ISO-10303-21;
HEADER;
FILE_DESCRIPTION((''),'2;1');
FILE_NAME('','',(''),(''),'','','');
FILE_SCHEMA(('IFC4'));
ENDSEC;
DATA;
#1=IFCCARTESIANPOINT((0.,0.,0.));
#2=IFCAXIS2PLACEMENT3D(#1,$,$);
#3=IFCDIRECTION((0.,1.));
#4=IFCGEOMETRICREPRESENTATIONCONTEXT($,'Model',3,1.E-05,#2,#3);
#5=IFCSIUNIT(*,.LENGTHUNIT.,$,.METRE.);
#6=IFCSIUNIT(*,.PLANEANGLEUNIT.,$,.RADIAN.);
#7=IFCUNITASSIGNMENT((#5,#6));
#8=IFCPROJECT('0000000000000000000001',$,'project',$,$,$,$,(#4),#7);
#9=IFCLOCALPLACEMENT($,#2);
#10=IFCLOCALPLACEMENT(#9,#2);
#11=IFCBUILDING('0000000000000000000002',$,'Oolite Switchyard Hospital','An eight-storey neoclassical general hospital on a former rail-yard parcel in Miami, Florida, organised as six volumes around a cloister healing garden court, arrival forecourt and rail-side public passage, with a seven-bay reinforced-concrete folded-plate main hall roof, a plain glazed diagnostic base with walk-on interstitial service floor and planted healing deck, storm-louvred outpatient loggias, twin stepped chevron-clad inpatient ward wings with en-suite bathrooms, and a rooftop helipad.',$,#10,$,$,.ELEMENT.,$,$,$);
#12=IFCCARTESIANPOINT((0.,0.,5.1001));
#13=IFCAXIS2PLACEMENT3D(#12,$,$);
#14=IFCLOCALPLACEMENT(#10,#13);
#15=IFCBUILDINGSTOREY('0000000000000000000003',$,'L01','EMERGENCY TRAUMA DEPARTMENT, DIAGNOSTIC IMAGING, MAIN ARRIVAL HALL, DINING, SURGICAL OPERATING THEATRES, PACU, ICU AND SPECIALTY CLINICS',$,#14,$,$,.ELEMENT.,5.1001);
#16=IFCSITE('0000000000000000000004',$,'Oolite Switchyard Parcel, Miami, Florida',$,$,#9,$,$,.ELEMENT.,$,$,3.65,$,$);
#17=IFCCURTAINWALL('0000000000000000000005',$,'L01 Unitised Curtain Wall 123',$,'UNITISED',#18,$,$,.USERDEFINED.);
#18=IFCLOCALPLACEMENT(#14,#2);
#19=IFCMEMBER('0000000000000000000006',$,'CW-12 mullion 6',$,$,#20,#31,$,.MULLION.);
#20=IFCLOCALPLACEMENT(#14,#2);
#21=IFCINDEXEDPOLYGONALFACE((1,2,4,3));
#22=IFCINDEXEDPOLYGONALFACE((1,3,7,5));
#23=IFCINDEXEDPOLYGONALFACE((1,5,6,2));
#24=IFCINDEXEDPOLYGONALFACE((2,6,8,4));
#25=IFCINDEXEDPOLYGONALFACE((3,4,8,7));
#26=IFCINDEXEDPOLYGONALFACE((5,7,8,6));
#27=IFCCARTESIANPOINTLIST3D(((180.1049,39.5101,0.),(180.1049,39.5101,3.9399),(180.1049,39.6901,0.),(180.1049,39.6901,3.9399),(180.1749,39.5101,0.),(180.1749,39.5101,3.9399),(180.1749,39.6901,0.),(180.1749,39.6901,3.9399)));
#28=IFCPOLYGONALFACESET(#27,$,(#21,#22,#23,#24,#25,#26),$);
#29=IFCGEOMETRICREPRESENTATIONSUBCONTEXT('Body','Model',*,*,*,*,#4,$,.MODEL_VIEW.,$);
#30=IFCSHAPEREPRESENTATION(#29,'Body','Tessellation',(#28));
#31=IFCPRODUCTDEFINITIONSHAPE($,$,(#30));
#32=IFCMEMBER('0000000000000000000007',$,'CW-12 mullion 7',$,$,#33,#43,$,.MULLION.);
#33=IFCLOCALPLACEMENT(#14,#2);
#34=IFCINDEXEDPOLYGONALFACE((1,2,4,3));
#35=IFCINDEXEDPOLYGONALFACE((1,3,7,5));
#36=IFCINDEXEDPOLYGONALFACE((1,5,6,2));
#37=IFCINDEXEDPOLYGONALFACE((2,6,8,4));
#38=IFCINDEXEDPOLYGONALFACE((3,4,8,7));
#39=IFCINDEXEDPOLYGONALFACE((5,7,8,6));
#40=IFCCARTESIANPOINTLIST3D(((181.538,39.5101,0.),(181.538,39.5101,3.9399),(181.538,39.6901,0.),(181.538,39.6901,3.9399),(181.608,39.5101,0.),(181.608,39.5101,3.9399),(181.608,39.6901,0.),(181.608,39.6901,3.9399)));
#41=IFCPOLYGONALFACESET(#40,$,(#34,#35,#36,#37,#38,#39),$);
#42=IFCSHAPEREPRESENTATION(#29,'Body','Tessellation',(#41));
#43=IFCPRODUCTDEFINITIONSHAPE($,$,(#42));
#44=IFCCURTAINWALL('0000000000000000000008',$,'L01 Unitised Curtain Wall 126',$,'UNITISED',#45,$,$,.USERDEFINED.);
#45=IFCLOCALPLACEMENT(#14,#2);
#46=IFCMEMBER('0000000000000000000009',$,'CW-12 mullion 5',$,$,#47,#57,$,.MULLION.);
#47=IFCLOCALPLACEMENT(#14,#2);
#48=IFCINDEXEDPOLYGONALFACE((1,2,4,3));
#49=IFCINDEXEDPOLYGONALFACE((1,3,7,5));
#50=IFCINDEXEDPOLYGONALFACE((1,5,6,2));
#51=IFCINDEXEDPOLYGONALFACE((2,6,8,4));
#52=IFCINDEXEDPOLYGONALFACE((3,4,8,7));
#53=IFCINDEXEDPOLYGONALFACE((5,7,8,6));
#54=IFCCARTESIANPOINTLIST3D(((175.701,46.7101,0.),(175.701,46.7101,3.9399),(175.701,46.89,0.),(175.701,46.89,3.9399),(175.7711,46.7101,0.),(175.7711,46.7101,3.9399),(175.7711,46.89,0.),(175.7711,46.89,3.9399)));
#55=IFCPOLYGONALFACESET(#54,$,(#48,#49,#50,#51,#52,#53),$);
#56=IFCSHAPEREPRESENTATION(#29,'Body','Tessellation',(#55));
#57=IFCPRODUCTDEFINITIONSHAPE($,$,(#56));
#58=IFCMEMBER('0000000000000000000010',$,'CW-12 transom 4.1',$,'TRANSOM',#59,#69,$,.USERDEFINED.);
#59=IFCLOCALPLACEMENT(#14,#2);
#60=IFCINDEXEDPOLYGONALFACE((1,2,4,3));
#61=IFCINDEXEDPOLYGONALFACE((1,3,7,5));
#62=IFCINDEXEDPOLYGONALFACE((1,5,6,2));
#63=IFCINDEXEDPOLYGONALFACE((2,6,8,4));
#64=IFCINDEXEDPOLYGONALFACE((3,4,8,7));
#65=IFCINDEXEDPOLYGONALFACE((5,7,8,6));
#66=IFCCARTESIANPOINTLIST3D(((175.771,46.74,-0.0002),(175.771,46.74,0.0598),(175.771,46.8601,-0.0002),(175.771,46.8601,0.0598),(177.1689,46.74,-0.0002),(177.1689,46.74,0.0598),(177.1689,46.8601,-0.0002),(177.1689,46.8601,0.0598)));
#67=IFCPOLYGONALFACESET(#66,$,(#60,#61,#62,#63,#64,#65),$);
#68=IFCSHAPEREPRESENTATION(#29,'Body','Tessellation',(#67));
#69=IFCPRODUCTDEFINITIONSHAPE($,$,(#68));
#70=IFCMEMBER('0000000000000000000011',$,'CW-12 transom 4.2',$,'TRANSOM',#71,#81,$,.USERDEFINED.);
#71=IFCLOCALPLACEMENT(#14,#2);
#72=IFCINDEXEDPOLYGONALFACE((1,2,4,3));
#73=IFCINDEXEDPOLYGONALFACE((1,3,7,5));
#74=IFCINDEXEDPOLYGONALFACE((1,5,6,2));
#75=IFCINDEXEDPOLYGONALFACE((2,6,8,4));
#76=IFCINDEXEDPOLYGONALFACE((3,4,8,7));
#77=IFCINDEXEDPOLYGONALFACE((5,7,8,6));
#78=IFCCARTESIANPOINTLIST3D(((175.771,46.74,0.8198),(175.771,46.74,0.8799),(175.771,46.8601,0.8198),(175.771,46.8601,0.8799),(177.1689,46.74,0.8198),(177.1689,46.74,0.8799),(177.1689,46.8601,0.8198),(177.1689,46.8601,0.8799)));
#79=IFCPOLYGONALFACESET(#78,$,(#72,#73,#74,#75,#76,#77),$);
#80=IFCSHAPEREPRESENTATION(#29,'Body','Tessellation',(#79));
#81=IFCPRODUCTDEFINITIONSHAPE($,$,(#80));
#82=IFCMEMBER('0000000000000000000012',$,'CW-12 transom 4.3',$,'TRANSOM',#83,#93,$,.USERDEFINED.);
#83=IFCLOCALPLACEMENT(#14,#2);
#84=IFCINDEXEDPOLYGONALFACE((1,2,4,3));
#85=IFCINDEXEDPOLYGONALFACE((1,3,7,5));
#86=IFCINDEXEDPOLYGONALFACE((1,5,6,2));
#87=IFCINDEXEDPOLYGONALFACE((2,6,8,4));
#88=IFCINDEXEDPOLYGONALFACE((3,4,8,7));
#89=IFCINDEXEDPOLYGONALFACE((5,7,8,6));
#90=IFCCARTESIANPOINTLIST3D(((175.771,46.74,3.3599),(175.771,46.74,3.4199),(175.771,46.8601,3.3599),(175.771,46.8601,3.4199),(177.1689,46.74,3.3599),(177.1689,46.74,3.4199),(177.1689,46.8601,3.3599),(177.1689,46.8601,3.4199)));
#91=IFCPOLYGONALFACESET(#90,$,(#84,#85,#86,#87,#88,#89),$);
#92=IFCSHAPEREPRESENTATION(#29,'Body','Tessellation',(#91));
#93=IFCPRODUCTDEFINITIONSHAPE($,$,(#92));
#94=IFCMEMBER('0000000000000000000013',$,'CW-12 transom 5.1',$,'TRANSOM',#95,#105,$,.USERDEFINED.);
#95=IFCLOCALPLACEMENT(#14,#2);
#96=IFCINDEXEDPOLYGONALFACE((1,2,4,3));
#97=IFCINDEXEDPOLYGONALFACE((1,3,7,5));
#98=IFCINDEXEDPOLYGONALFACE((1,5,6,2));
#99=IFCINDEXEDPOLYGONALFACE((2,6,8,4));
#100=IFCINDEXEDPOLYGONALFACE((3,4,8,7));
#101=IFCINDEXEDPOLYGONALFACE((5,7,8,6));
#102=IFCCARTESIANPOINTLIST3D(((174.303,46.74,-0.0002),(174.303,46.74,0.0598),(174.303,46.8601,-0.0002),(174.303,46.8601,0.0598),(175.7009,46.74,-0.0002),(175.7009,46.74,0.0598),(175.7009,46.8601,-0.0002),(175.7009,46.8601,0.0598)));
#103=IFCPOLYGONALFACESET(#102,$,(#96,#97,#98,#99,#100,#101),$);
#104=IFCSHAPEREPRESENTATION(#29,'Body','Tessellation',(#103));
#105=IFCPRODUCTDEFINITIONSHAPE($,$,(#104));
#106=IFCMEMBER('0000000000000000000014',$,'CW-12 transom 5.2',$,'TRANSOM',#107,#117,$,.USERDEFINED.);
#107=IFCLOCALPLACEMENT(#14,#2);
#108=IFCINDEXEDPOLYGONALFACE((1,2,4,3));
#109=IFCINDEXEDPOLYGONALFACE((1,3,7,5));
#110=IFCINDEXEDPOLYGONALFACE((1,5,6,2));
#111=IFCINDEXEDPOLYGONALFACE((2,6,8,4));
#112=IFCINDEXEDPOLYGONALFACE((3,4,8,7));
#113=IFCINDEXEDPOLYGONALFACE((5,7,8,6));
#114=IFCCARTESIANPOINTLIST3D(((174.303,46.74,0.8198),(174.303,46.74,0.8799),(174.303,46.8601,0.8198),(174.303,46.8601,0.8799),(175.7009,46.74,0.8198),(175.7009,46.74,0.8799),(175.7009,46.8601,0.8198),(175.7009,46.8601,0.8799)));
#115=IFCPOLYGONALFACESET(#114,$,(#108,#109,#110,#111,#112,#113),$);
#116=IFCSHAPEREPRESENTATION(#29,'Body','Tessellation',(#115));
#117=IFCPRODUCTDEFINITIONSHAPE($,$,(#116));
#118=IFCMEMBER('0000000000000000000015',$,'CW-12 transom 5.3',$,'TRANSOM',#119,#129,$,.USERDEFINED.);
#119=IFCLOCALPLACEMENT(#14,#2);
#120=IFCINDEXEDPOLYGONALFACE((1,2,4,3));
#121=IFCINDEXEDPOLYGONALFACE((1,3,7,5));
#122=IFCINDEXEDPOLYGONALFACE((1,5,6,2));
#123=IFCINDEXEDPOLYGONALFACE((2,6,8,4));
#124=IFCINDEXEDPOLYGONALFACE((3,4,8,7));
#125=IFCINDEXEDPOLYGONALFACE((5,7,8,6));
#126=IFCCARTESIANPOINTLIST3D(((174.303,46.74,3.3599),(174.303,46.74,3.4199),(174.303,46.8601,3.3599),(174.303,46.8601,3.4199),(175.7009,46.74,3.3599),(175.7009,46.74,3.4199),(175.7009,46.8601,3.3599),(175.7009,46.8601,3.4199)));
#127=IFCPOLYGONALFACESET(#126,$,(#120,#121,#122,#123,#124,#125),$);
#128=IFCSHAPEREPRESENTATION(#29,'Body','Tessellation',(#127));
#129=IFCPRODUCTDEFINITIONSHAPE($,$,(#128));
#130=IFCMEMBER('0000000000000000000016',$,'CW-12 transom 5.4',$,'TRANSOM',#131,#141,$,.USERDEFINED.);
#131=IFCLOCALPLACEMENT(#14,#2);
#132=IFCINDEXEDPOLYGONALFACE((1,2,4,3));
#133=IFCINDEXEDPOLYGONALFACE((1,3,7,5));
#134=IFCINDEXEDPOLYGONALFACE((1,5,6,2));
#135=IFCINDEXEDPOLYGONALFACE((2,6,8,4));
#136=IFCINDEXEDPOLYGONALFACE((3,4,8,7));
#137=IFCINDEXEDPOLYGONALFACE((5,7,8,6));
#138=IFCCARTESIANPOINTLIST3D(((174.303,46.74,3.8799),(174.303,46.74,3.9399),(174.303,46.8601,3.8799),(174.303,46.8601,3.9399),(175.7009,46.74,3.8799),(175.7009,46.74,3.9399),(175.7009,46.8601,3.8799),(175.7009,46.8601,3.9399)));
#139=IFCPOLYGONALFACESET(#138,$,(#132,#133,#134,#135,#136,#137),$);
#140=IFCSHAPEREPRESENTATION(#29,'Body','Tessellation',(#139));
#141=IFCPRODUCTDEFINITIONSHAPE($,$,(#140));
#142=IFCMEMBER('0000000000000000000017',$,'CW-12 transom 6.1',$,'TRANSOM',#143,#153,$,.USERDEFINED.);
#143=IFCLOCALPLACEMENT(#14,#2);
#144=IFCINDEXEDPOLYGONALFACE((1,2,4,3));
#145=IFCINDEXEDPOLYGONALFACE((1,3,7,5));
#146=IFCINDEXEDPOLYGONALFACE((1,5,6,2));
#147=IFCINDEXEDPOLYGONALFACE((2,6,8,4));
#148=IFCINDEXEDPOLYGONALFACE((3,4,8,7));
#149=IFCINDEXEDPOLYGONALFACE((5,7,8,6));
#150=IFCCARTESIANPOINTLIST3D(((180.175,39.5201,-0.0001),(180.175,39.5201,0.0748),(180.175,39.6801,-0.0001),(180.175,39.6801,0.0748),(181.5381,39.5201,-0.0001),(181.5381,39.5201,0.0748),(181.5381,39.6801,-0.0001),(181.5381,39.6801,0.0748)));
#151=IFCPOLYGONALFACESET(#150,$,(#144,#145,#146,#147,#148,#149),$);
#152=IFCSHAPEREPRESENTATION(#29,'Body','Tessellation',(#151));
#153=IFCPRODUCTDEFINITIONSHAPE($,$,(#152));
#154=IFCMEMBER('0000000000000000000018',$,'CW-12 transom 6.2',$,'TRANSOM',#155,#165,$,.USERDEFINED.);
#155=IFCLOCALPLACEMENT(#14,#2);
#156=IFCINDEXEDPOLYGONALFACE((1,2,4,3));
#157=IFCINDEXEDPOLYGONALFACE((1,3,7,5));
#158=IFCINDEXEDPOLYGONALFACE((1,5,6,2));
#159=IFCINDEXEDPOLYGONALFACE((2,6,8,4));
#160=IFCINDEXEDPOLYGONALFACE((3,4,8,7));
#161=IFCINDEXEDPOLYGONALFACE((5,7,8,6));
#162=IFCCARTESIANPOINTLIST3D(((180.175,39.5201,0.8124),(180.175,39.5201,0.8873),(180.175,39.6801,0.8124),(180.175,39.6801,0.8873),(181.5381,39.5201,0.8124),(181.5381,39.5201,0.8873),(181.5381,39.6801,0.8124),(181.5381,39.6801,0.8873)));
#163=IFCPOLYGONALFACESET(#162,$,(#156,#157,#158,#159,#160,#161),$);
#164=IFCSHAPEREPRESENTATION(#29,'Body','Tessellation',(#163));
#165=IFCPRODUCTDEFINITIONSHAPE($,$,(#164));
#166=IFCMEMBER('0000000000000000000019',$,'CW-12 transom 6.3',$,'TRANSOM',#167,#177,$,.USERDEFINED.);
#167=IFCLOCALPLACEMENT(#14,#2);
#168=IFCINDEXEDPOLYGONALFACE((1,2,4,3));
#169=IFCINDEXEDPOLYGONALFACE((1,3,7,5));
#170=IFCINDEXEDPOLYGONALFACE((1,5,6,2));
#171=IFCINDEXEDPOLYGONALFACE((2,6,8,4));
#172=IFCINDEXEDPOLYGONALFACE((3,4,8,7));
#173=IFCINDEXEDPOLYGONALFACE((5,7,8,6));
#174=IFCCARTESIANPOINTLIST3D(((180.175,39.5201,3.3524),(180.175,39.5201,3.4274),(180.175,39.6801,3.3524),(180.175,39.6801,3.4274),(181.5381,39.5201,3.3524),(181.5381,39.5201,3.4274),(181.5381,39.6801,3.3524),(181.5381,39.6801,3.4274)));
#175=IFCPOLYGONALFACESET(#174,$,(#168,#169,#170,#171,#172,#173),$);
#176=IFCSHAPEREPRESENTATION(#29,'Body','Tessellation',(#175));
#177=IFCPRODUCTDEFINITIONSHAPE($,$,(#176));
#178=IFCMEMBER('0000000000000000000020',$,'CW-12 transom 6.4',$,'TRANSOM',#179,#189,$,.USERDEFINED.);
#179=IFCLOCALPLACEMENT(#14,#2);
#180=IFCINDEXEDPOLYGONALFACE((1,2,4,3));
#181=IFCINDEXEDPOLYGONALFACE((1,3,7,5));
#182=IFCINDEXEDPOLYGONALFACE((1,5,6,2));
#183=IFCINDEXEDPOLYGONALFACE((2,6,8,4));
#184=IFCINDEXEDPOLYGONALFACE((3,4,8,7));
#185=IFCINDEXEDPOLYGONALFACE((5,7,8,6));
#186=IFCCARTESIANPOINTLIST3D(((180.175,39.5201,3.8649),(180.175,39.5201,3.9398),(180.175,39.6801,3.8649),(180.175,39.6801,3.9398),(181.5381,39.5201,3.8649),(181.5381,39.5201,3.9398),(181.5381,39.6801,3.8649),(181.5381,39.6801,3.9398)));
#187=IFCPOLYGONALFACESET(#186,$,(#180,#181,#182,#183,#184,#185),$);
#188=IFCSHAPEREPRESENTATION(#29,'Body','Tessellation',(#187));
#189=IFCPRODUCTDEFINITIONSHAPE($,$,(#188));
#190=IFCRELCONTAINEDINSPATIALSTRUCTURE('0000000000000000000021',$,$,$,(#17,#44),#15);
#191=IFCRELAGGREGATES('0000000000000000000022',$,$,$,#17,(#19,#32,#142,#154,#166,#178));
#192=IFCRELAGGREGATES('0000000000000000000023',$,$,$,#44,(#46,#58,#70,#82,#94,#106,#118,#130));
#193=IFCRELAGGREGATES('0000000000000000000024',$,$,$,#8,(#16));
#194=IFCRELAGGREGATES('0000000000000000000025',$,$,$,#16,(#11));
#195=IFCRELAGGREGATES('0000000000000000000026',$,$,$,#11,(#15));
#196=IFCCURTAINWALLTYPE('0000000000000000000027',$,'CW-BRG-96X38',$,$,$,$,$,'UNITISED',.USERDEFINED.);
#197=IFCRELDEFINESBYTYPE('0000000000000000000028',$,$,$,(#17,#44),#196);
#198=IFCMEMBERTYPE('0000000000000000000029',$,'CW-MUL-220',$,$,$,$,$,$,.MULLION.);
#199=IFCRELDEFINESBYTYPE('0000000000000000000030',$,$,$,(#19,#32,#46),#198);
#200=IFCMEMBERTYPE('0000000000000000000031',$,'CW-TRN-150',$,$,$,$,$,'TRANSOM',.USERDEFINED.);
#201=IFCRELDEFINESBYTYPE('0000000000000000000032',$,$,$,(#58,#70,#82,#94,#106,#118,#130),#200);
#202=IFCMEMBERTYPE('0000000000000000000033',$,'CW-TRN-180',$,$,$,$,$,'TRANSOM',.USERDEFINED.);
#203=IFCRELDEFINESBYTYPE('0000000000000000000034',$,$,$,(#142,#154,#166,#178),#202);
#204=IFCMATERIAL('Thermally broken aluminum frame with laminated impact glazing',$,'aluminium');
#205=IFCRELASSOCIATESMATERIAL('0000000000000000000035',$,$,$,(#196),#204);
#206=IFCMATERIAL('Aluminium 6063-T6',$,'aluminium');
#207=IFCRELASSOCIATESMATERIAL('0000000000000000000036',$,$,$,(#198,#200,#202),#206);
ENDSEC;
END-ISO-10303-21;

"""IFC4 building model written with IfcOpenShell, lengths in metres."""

from ifc_helpers import new_model, si_unit, direction, frame, origin, origin_2d, place, context, subcontext, project, spatial, rectangle, extrude, material, material_profile, profile_set, type_object, element, aggregate, save


model = new_model("IFC4")

# Units and contexts
model_context = context("Model", 3, precision=1e-05, world=origin(), true_north=direction((0.0, 1.0)))
body_context = subcontext(model_context, "Body", "Model", "MODEL_VIEW")
ifc_project = project(units=[si_unit("LENGTHUNIT", "METRE"), si_unit("PLANEANGLEUNIT", "RADIAN")], contexts=[model_context])

# Site, building, storey
site_placement = place(None, origin())
site = spatial("IfcSite", under=ifc_project, at=site_placement, Name="Oolite Switchyard Parcel, Miami, Florida", CompositionType="ELEMENT", RefElevation=3.65)
building_placement = place(site_placement, origin())
building = spatial("IfcBuilding", under=site, at=building_placement, Name="Oolite Switchyard Hospital", Description="An eight-storey neoclassical general hospital on a former rail-yard parcel in Miami, Florida, organised as six volumes around a cloister healing garden court, arrival forecourt and rail-side public passage, with a seven-bay reinforced-concrete folded-plate main hall roof, a plain glazed diagnostic base with walk-on interstitial service floor and planted healing deck, storm-louvred outpatient loggias, twin stepped chevron-clad inpatient ward wings with en-suite bathrooms, and a rooftop helipad.", CompositionType="ELEMENT")
storey_placement = place(building_placement, frame((0.0, 0.0, 5.1001)))
storey = spatial("IfcBuildingStorey", under=building, at=storey_placement, Name="L01", Description="EMERGENCY TRAUMA DEPARTMENT, DIAGNOSTIC IMAGING, MAIN ARRIVAL HALL, DINING, SURGICAL OPERATING THEATRES, PACU, ICU AND SPECIALTY CLINICS", CompositionType="ELEMENT", Elevation=5.1001)

# Curtain walls, members
ifc_material_1 = material(Name="Thermally broken aluminum frame with laminated impact glazing", Category="aluminium")
curtain_wall_type = type_object("IfcCurtainWallType", Name="CW-BRG-96X38", ElementType="UNITISED", PredefinedType="USERDEFINED", material=ifc_material_1)
curtain_wall_1_placement = place(storey_placement, origin())
curtain_wall_1 = element("IfcCurtainWall", 1, at=curtain_wall_1_placement, inside=storey, type_object=curtain_wall_type, Name="L01 Unitised Curtain Wall 123", ObjectType="UNITISED", PredefinedType="USERDEFINED")
ifc_material_2 = material(Name="Aluminium 6063-T6", Category="aluminium")
ifc_material_profile_1 = material_profile(ifc_material_2, rectangle(XDim=0.1799, YDim=0.0701, at=origin_2d()), Name="CWM70X180")
ifc_profile_set_1 = profile_set([ifc_material_profile_1], Name="Aluminium 6063-T6")
member_type_1 = type_object("IfcMemberType", Name="CW-MUL-220", PredefinedType="MULLION", material=ifc_profile_set_1)
member_1_placement = place(storey_placement, frame((180.1399, 39.6001, 0.0), z_axis=(0.0, 0.0, 1.0), x_axis=(0.0, 1.0, 0.0)))
member_1 = element("IfcMember", 2, at=member_1_placement, type_object=member_type_1, Name="CW-12 mullion 6", PredefinedType="MULLION", context=body_context, shape_type="SweptSolid", body=[
    extrude(rectangle(XDim=0.1799, YDim=0.0701, at=origin_2d()), origin(), (0.0, 0.0, 1.0), 3.9399),
])
member_2_placement = place(storey_placement, frame((181.573, 39.6001, 0.0), z_axis=(0.0, 0.0, 1.0), x_axis=(0.0, 1.0, 0.0)))
member_2 = element("IfcMember", 3, at=member_2_placement, type_object=member_type_1, Name="CW-12 mullion 7", PredefinedType="MULLION", context=body_context, shape_type="SweptSolid", body=[
    extrude(rectangle(XDim=0.1799, YDim=0.0701, at=origin_2d()), origin(), (0.0, 0.0, 1.0), 3.9399),
])
curtain_wall_2_placement = place(storey_placement, origin())
curtain_wall_2 = element("IfcCurtainWall", 4, at=curtain_wall_2_placement, inside=storey, type_object=curtain_wall_type, Name="L01 Unitised Curtain Wall 126", ObjectType="UNITISED", PredefinedType="USERDEFINED")
member_3_placement = place(storey_placement, frame((175.7361, 46.8, 0.0), z_axis=(0.0, 0.0, 1.0), x_axis=(0.0, -1.0, 0.0)))
member_3 = element("IfcMember", 5, at=member_3_placement, type_object=member_type_1, Name="CW-12 mullion 5", PredefinedType="MULLION", context=body_context, shape_type="SweptSolid", body=[
    extrude(rectangle(XDim=0.1799, YDim=0.0701, at=origin_2d()), origin(), (0.0, 0.0, 1.0), 3.9399),
])
ifc_material_profile_2 = material_profile(ifc_material_2, rectangle(XDim=0.1201, YDim=0.0601, at=origin_2d()), Name="CWT60X120")
ifc_profile_set_2 = profile_set([ifc_material_profile_2], Name="Aluminium 6063-T6")
member_type_2 = type_object("IfcMemberType", Name="CW-TRN-150", ElementType="TRANSOM", PredefinedType="USERDEFINED", material=ifc_profile_set_2)
member_4_placement = place(storey_placement, frame((177.1689, 46.8, 0.0298), z_axis=(-1.0, 0.0, 0.0), x_axis=(0.0, -1.0, 0.0)))
member_4 = element("IfcMember", 6, at=member_4_placement, type_object=member_type_2, Name="CW-12 transom 4.1", ObjectType="TRANSOM", PredefinedType="USERDEFINED", context=body_context, shape_type="SweptSolid", body=[
    extrude(rectangle(XDim=0.1201, YDim=0.0601, at=origin_2d()), origin(), (0.0, 0.0, 1.0), 1.3979),
])
member_5_placement = place(storey_placement, frame((177.1689, 46.8, 0.8499), z_axis=(-1.0, 0.0, 0.0), x_axis=(0.0, -1.0, 0.0)))
member_5 = element("IfcMember", 7, at=member_5_placement, type_object=member_type_2, Name="CW-12 transom 4.2", ObjectType="TRANSOM", PredefinedType="USERDEFINED", context=body_context, shape_type="SweptSolid", body=[
    extrude(rectangle(XDim=0.1201, YDim=0.0601, at=origin_2d()), origin(), (0.0, 0.0, 1.0), 1.3979),
])
member_6_placement = place(storey_placement, frame((177.1689, 46.8, 3.3899), z_axis=(-1.0, 0.0, 0.0), x_axis=(0.0, -1.0, 0.0)))
member_6 = element("IfcMember", 8, at=member_6_placement, type_object=member_type_2, Name="CW-12 transom 4.3", ObjectType="TRANSOM", PredefinedType="USERDEFINED", context=body_context, shape_type="SweptSolid", body=[
    extrude(rectangle(XDim=0.1201, YDim=0.0601, at=origin_2d()), origin(), (0.0, 0.0, 1.0), 1.3979),
])
member_7_placement = place(storey_placement, frame((175.7009, 46.8, 0.0298), z_axis=(-1.0, 0.0, 0.0), x_axis=(0.0, -1.0, 0.0)))
member_7 = element("IfcMember", 9, at=member_7_placement, type_object=member_type_2, Name="CW-12 transom 5.1", ObjectType="TRANSOM", PredefinedType="USERDEFINED", context=body_context, shape_type="SweptSolid", body=[
    extrude(rectangle(XDim=0.1201, YDim=0.0601, at=origin_2d()), origin(), (0.0, 0.0, 1.0), 1.3979),
])
member_8_placement = place(storey_placement, frame((175.7009, 46.8, 0.8499), z_axis=(-1.0, 0.0, 0.0), x_axis=(0.0, -1.0, 0.0)))
member_8 = element("IfcMember", 10, at=member_8_placement, type_object=member_type_2, Name="CW-12 transom 5.2", ObjectType="TRANSOM", PredefinedType="USERDEFINED", context=body_context, shape_type="SweptSolid", body=[
    extrude(rectangle(XDim=0.1201, YDim=0.0601, at=origin_2d()), origin(), (0.0, 0.0, 1.0), 1.3979),
])
member_9_placement = place(storey_placement, frame((175.7009, 46.8, 3.3899), z_axis=(-1.0, 0.0, 0.0), x_axis=(0.0, -1.0, 0.0)))
member_9 = element("IfcMember", 11, at=member_9_placement, type_object=member_type_2, Name="CW-12 transom 5.3", ObjectType="TRANSOM", PredefinedType="USERDEFINED", context=body_context, shape_type="SweptSolid", body=[
    extrude(rectangle(XDim=0.1201, YDim=0.0601, at=origin_2d()), origin(), (0.0, 0.0, 1.0), 1.3979),
])
member_10_placement = place(storey_placement, frame((175.7009, 46.8, 3.9099), z_axis=(-1.0, 0.0, 0.0), x_axis=(0.0, -1.0, 0.0)))
member_10 = element("IfcMember", 12, at=member_10_placement, type_object=member_type_2, Name="CW-12 transom 5.4", ObjectType="TRANSOM", PredefinedType="USERDEFINED", context=body_context, shape_type="SweptSolid", body=[
    extrude(rectangle(XDim=0.1201, YDim=0.0601, at=origin_2d()), origin(), (0.0, 0.0, 1.0), 1.3979),
])

# Members
ifc_material_profile_3 = material_profile(ifc_material_2, rectangle(XDim=0.1599, YDim=0.075, at=origin_2d()), Name="CWT75X160")
ifc_profile_set_3 = profile_set([ifc_material_profile_3], Name="Aluminium 6063-T6")
member_type_3 = type_object("IfcMemberType", Name="CW-TRN-180", ElementType="TRANSOM", PredefinedType="USERDEFINED", material=ifc_profile_set_3)
member_11_placement = place(storey_placement, frame((180.175, 39.6001, 0.0374), z_axis=(1.0, 0.0, 0.0), x_axis=(0.0, 1.0, 0.0)))
member_11 = element("IfcMember", 13, at=member_11_placement, type_object=member_type_3, Name="CW-12 transom 6.1", ObjectType="TRANSOM", PredefinedType="USERDEFINED", context=body_context, shape_type="SweptSolid", body=[
    extrude(rectangle(XDim=0.1599, YDim=0.075, at=origin_2d()), origin(), (0.0, 0.0, 1.0), 1.363),
])
member_12_placement = place(storey_placement, frame((180.175, 39.6001, 0.8499), z_axis=(1.0, 0.0, 0.0), x_axis=(0.0, 1.0, 0.0)))
member_12 = element("IfcMember", 14, at=member_12_placement, type_object=member_type_3, Name="CW-12 transom 6.2", ObjectType="TRANSOM", PredefinedType="USERDEFINED", context=body_context, shape_type="SweptSolid", body=[
    extrude(rectangle(XDim=0.1599, YDim=0.075, at=origin_2d()), origin(), (0.0, 0.0, 1.0), 1.363),
])
member_13_placement = place(storey_placement, frame((180.175, 39.6001, 3.3899), z_axis=(1.0, 0.0, 0.0), x_axis=(0.0, 1.0, 0.0)))
member_13 = element("IfcMember", 15, at=member_13_placement, type_object=member_type_3, Name="CW-12 transom 6.3", ObjectType="TRANSOM", PredefinedType="USERDEFINED", context=body_context, shape_type="SweptSolid", body=[
    extrude(rectangle(XDim=0.1599, YDim=0.075, at=origin_2d()), origin(), (0.0, 0.0, 1.0), 1.363),
])
member_14_placement = place(storey_placement, frame((180.175, 39.6001, 3.9023), z_axis=(1.0, 0.0, 0.0), x_axis=(0.0, 1.0, 0.0)))
member_14 = element("IfcMember", 16, at=member_14_placement, type_object=member_type_3, Name="CW-12 transom 6.4", ObjectType="TRANSOM", PredefinedType="USERDEFINED", context=body_context, shape_type="SweptSolid", body=[
    extrude(rectangle(XDim=0.1599, YDim=0.075, at=origin_2d()), origin(), (0.0, 0.0, 1.0), 1.363),
])

aggregate(curtain_wall_1, [member_1, member_2, member_11, member_12, member_13, member_14])
aggregate(curtain_wall_2, [member_3, member_4, member_5, member_6, member_7, member_8, member_9, member_10])

save(model, "model.ifc")
